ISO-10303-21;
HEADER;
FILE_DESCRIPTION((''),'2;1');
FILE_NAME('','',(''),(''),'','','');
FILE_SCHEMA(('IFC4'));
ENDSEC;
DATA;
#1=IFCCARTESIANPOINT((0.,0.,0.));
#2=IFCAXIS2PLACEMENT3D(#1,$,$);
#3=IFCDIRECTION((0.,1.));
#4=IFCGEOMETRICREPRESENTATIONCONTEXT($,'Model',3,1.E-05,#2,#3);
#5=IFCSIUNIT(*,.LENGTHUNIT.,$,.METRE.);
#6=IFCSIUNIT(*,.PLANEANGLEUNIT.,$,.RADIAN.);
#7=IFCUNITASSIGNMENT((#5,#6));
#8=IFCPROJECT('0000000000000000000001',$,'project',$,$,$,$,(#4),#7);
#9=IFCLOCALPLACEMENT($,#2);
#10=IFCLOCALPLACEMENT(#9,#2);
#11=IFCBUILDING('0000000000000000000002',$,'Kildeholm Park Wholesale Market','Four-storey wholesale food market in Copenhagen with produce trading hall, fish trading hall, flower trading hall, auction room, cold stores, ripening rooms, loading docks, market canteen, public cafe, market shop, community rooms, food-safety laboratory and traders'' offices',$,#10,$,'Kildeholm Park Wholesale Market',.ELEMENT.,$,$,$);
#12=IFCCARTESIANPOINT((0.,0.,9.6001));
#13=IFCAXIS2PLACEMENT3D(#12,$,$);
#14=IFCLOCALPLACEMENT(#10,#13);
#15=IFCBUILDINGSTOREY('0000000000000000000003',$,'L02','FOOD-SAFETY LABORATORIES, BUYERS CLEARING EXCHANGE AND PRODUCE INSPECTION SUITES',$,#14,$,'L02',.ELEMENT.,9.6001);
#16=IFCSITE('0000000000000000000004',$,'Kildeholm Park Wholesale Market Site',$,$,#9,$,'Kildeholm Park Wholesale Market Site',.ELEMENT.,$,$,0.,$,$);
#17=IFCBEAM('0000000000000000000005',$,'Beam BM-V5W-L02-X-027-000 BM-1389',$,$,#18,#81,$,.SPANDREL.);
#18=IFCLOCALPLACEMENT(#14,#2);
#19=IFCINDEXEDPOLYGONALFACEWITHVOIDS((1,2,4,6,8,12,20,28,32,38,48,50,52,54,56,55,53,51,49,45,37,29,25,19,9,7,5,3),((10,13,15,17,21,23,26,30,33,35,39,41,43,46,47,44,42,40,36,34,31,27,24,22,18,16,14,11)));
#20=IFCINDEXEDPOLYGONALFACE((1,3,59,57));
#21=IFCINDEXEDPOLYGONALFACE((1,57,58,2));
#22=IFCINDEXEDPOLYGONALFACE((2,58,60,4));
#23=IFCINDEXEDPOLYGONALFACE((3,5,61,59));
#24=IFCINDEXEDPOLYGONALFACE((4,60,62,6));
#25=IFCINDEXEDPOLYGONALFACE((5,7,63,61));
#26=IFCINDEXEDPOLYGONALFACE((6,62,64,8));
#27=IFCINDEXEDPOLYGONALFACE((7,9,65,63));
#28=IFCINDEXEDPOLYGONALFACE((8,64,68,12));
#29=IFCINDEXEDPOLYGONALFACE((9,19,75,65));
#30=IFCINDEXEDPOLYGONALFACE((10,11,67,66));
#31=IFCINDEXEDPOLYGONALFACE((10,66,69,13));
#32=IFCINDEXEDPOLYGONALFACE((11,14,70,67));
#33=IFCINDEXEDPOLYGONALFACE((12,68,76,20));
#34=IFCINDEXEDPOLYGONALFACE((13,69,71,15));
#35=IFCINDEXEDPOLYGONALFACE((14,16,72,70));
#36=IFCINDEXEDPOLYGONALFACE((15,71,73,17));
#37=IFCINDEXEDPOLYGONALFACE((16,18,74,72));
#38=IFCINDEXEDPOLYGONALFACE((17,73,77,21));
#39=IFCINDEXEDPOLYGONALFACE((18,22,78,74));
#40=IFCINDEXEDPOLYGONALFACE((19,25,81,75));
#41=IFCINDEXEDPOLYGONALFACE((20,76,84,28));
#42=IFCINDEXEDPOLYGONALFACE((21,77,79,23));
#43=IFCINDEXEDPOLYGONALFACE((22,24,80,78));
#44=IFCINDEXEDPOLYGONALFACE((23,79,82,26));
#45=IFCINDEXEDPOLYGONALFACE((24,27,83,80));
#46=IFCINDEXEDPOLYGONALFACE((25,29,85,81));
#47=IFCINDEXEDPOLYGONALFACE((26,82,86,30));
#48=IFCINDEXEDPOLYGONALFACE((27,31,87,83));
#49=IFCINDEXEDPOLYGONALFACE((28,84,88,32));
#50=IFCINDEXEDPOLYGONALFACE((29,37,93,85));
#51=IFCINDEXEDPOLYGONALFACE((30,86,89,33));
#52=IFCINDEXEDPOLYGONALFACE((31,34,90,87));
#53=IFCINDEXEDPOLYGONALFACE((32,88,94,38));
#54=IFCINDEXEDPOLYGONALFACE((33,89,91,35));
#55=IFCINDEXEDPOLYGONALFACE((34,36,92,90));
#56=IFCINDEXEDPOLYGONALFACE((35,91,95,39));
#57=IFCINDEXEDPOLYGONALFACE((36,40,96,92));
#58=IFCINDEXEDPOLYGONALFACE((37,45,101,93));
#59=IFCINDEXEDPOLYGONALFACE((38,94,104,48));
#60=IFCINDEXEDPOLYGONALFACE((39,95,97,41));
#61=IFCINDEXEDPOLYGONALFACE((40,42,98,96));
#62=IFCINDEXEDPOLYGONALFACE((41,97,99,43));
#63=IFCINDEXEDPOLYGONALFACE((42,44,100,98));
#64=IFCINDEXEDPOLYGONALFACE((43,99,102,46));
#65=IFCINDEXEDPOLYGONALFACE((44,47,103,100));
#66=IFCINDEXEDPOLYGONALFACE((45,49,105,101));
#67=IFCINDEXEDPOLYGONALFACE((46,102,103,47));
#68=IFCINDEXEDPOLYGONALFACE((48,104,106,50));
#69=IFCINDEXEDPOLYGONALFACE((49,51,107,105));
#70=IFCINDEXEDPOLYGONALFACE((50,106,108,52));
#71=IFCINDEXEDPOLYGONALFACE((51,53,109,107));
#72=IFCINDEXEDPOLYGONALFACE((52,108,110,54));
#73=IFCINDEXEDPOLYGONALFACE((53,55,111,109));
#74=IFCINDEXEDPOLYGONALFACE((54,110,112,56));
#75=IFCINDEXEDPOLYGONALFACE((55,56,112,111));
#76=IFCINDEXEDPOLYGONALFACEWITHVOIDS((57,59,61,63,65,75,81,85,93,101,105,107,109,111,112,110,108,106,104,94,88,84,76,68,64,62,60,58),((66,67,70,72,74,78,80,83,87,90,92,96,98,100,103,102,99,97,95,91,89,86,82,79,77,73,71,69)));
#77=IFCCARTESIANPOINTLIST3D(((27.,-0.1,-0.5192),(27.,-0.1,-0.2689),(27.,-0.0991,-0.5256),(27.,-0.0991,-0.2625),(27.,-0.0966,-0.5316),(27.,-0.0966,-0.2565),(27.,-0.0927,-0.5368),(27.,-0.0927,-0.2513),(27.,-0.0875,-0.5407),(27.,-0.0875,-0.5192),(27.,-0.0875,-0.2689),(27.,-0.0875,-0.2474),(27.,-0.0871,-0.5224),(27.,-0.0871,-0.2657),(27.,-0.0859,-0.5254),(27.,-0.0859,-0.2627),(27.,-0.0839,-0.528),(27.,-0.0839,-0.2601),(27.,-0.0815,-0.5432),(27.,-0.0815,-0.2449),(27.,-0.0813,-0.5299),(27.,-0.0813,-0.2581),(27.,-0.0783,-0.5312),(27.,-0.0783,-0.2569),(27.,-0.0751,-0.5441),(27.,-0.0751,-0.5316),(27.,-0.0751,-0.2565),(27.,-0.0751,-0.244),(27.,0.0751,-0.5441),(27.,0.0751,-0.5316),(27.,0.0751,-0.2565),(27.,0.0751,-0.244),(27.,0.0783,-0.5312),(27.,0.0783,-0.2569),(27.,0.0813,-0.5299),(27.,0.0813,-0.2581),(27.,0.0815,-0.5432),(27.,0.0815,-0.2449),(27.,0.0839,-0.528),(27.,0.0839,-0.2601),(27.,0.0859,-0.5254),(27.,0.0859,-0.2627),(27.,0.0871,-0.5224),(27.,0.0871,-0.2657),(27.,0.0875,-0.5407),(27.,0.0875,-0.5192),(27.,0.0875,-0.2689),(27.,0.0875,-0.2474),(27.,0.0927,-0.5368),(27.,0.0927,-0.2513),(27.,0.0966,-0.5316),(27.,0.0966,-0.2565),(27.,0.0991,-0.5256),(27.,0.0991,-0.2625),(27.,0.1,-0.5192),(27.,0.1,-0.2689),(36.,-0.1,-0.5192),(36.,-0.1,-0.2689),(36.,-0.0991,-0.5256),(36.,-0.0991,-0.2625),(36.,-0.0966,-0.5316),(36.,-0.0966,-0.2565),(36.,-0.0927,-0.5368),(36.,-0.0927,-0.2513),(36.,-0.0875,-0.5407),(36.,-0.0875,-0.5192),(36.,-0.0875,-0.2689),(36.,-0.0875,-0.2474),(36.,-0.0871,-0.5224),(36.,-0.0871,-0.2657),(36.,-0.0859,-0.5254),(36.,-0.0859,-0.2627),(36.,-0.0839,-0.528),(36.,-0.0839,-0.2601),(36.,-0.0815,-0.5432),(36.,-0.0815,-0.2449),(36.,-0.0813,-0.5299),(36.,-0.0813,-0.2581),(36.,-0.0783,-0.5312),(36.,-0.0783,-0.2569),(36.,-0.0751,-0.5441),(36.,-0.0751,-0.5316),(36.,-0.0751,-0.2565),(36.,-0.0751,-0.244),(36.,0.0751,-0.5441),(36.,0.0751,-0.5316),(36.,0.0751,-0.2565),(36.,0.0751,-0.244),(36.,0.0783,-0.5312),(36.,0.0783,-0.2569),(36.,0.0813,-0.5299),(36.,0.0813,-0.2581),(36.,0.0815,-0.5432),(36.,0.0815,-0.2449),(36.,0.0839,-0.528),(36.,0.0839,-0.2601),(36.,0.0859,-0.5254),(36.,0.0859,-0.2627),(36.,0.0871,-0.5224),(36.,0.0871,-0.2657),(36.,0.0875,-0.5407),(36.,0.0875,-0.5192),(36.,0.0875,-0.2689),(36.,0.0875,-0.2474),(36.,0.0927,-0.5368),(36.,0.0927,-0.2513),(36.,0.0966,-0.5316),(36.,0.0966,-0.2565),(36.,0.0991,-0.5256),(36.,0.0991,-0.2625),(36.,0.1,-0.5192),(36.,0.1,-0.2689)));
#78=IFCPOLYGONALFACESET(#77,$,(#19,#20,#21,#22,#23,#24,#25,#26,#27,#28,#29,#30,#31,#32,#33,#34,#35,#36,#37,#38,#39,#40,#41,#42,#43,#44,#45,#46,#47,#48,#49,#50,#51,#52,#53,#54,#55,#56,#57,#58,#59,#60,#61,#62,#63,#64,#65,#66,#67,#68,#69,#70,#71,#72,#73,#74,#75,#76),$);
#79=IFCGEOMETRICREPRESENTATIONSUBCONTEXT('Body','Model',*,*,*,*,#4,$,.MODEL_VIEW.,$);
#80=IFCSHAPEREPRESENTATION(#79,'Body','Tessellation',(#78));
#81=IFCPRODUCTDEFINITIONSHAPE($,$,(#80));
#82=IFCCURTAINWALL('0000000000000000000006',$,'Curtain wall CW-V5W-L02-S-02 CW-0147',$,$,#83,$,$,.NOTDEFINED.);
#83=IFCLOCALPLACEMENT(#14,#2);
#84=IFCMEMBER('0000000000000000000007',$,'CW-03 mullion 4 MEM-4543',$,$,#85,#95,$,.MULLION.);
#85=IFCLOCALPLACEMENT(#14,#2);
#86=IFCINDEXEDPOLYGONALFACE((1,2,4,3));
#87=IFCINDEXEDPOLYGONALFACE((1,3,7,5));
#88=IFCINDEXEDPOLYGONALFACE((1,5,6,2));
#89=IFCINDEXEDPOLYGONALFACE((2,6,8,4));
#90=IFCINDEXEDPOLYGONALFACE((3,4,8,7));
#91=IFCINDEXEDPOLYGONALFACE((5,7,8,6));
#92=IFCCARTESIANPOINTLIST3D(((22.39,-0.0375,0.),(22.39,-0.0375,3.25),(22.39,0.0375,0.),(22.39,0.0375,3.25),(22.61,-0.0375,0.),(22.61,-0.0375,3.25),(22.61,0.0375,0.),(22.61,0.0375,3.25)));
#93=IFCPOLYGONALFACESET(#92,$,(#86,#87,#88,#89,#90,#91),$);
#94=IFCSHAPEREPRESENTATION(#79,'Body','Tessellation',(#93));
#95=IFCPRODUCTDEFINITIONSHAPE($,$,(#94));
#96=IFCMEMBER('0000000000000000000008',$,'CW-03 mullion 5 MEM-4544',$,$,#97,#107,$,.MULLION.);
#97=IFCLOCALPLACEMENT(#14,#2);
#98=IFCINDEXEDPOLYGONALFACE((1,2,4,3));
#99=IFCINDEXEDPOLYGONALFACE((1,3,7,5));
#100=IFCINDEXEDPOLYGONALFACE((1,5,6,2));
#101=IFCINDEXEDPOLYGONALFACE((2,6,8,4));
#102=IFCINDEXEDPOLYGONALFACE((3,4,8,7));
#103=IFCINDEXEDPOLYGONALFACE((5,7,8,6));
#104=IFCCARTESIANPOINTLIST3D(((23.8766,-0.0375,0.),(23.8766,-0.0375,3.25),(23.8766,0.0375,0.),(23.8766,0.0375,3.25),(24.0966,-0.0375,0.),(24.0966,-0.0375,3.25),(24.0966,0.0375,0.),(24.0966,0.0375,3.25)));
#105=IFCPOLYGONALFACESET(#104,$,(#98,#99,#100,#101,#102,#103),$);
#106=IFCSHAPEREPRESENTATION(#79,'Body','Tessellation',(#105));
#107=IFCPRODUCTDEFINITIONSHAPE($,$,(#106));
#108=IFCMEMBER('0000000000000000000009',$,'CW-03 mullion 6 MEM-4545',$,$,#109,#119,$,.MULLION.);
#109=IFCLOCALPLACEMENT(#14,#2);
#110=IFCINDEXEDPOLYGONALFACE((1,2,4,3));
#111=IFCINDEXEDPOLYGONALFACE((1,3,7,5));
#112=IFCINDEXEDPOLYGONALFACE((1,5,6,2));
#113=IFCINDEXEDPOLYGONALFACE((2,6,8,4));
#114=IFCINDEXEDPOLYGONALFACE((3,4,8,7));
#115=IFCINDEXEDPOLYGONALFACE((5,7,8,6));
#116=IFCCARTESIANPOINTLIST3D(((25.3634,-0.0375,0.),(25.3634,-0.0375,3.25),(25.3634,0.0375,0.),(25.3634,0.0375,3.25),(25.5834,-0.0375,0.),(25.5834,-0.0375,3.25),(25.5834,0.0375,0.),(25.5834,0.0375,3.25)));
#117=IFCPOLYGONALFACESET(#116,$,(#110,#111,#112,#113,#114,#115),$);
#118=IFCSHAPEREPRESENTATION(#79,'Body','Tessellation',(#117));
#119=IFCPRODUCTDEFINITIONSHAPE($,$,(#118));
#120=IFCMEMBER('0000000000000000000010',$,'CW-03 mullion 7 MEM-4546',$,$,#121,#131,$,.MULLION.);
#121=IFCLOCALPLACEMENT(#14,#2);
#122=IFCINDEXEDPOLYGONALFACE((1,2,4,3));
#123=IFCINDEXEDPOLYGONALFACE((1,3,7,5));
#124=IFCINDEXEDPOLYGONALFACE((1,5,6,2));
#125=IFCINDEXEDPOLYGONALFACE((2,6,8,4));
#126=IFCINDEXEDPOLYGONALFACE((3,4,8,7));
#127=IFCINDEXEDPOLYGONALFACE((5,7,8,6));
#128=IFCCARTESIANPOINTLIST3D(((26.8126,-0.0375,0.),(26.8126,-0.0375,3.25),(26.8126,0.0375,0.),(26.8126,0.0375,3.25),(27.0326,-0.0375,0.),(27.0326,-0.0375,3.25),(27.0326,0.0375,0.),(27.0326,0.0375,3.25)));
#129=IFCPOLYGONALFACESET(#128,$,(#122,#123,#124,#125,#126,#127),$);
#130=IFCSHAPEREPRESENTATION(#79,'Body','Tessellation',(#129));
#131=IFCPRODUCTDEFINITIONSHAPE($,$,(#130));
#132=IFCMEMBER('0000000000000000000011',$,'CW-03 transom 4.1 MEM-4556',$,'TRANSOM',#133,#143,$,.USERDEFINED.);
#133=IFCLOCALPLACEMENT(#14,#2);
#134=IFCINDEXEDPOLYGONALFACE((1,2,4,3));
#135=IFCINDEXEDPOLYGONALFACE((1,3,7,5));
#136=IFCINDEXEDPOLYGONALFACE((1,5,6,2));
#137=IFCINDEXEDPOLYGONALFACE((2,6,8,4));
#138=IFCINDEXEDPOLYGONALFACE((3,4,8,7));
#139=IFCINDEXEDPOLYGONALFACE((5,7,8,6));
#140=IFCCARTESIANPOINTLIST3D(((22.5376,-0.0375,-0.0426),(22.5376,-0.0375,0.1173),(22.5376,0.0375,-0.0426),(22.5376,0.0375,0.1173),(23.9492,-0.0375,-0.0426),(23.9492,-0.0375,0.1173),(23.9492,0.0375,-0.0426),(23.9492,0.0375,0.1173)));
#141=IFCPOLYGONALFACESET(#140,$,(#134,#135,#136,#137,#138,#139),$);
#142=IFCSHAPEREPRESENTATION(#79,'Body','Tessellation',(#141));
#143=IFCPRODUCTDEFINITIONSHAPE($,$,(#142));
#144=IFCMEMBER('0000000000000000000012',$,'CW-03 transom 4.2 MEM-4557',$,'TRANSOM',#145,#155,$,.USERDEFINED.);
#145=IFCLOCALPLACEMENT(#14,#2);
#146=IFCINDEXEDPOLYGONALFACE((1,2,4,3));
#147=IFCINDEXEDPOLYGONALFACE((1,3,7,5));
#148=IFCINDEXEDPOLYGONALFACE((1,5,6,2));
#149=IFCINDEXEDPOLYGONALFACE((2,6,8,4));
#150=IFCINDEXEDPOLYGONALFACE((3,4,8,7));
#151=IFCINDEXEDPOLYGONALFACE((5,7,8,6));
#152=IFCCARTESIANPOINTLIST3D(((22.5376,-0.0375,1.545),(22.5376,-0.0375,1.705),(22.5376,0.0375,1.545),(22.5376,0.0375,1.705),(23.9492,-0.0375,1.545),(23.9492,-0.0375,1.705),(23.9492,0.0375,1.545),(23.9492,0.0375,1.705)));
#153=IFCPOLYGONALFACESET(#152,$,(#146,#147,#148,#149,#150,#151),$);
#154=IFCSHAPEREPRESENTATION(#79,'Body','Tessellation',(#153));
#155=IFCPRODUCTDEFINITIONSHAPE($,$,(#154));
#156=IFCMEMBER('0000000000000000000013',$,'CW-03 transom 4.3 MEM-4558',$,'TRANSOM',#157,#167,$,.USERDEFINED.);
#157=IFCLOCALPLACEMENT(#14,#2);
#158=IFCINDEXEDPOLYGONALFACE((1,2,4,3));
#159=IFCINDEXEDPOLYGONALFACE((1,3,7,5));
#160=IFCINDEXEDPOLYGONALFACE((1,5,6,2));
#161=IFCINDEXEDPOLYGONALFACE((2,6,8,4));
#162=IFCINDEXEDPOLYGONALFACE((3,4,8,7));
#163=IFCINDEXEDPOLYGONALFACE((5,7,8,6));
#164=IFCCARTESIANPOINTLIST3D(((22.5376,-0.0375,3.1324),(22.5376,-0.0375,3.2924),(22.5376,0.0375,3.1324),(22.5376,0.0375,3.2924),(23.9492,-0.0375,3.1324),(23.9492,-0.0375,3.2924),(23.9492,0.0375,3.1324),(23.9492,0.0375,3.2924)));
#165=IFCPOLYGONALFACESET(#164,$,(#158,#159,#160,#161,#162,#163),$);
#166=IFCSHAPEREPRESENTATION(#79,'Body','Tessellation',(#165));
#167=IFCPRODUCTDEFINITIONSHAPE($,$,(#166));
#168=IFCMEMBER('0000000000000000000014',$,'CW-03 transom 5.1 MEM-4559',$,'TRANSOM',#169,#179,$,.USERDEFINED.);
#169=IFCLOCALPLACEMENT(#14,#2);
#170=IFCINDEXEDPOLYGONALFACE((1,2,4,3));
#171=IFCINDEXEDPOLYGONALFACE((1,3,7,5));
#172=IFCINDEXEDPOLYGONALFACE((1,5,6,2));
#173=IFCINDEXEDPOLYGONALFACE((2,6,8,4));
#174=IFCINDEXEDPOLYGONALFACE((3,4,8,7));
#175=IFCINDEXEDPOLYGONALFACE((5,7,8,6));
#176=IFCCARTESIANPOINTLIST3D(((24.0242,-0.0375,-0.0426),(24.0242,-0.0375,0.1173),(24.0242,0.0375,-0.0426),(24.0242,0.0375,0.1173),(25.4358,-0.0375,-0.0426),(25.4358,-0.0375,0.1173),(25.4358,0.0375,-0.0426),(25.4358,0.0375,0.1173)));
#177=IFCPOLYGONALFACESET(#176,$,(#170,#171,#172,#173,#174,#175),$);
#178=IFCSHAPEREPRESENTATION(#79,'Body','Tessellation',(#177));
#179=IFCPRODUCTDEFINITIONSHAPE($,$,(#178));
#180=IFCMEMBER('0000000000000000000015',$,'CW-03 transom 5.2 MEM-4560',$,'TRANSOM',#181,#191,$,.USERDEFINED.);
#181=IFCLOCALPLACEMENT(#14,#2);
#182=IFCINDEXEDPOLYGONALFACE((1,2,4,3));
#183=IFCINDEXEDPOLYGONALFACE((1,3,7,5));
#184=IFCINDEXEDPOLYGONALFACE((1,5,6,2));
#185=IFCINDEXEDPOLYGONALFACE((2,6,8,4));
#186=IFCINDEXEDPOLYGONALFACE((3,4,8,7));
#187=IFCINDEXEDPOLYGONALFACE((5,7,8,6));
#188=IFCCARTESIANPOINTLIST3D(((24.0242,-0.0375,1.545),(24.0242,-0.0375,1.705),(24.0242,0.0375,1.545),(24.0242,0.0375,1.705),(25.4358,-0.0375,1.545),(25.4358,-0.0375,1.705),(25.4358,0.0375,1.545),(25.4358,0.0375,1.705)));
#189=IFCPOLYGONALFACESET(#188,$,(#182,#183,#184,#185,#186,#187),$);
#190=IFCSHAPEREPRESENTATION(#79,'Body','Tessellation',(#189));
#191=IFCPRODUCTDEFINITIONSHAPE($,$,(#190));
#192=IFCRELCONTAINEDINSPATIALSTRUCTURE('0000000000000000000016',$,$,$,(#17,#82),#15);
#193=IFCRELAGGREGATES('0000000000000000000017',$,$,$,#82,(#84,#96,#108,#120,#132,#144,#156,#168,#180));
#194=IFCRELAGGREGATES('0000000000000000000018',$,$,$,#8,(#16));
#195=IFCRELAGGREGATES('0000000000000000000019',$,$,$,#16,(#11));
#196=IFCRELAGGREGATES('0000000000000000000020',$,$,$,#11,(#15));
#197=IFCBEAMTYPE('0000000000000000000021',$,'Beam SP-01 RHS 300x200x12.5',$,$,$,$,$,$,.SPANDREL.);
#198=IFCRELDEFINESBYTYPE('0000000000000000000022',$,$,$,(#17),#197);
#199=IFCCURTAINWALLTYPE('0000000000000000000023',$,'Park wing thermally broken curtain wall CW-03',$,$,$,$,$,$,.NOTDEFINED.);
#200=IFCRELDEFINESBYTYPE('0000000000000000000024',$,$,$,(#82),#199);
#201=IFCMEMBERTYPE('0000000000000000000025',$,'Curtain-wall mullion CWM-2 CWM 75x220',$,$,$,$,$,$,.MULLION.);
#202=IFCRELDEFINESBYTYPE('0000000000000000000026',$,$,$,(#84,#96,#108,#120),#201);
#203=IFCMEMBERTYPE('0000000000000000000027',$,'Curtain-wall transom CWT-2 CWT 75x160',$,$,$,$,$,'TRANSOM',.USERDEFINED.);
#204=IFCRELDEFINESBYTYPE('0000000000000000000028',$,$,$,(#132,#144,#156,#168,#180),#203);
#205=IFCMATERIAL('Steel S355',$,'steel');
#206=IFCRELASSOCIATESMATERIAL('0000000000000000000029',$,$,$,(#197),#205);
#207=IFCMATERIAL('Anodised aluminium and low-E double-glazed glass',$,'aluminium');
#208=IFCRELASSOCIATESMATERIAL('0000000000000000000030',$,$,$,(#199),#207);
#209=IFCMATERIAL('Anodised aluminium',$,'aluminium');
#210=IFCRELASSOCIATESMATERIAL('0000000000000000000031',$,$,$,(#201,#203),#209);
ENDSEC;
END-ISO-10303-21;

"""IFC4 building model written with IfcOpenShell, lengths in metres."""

from ifc_helpers import new_model, si_unit, direction, frame, origin, origin_2d, place, context, subcontext, project, spatial, rectangle, hollow_rectangle, extrude, material, material_profile, profile_set, type_object, element, aggregate, save


model = new_model("IFC4")

# Units and contexts
model_context = context("Model", 3, precision=1e-05, world=origin(), true_north=direction((0.0, 1.0)))
body_context = subcontext(model_context, "Body", "Model", "MODEL_VIEW")
ifc_project = project(units=[si_unit("LENGTHUNIT", "METRE"), si_unit("PLANEANGLEUNIT", "RADIAN")], contexts=[model_context])

# Site, building, storey
site_placement = place(None, origin())
site = spatial("IfcSite", under=ifc_project, at=site_placement, Name="Kildeholm Park Wholesale Market Site", LongName="Kildeholm Park Wholesale Market Site", CompositionType="ELEMENT", RefElevation=0.0)
building_placement = place(site_placement, origin())
building = spatial("IfcBuilding", under=site, at=building_placement, Name="Kildeholm Park Wholesale Market", Description="Four-storey wholesale food market in Copenhagen with produce trading hall, fish trading hall, flower trading hall, auction room, cold stores, ripening rooms, loading docks, market canteen, public cafe, market shop, community rooms, food-safety laboratory and traders' offices", LongName="Kildeholm Park Wholesale Market", CompositionType="ELEMENT")
storey_placement = place(building_placement, frame((0.0, 0.0, 9.6001)))
storey = spatial("IfcBuildingStorey", under=building, at=storey_placement, Name="L02", Description="FOOD-SAFETY LABORATORIES, BUYERS CLEARING EXCHANGE AND PRODUCE INSPECTION SUITES", LongName="L02", CompositionType="ELEMENT", Elevation=9.6001)

# Shared definitions
ifc_material_1 = material(Name="Steel S355", Category="steel")

# Beam
ifc_material_profile_1 = material_profile(ifc_material_1, hollow_rectangle(XDim=0.2, YDim=0.3, WallThickness=0.0125, InnerFilletRadius=0.0125, OuterFilletRadius=0.0249, at=origin_2d()), Name="RHS 300x200x12.5")
ifc_profile_set_1 = profile_set([ifc_material_profile_1], Name="Steel S355")
beam_type_1 = type_object("IfcBeamType", Name="Beam SP-01 RHS 300x200x12.5", PredefinedType="SPANDREL", material=ifc_profile_set_1)
beam_1_placement = place(storey_placement, frame((27.0, 0.0, -0.394), z_axis=(1.0, 0.0, 0.0), x_axis=(0.0, 1.0, 0.0)))
element("IfcBeam", 1, at=beam_1_placement, inside=storey, type_object=beam_type_1, Name="Beam BM-V5W-L02-X-027-000 BM-1389", PredefinedType="SPANDREL", context=body_context, shape_type="SweptSolid", body=[
    extrude(hollow_rectangle(XDim=0.2, YDim=0.3, WallThickness=0.0125, InnerFilletRadius=0.0125, OuterFilletRadius=0.0249, at=origin_2d()), origin(), (0.0, 0.0, 1.0), 9.0),
])

# Curtain wall, members
ifc_material_2 = material(Name="Anodised aluminium and low-E double-glazed glass", Category="aluminium")
curtain_wall_type = type_object("IfcCurtainWallType", Name="Park wing thermally broken curtain wall CW-03", PredefinedType="NOTDEFINED", material=ifc_material_2)
curtain_wall_placement = place(storey_placement, origin())
curtain_wall = element("IfcCurtainWall", 2, at=curtain_wall_placement, inside=storey, type_object=curtain_wall_type, Name="Curtain wall CW-V5W-L02-S-02 CW-0147", PredefinedType="NOTDEFINED")
ifc_material_3 = material(Name="Anodised aluminium", Category="aluminium")
ifc_material_profile_2 = material_profile(ifc_material_3, rectangle(XDim=0.075, YDim=0.22, at=origin_2d()), Name="CWM 75x220")
ifc_profile_set_2 = profile_set([ifc_material_profile_2], Name="Anodised aluminium")
member_type_1 = type_object("IfcMemberType", Name="Curtain-wall mullion CWM-2 CWM 75x220", PredefinedType="MULLION", material=ifc_profile_set_2)
member_1_placement = place(storey_placement, frame((22.5, 0.0, 0.0), z_axis=(0.0, 0.0, 1.0), x_axis=(0.0, 1.0, 0.0)))
member_1 = element("IfcMember", 3, at=member_1_placement, type_object=member_type_1, Name="CW-03 mullion 4 MEM-4543", PredefinedType="MULLION", context=body_context, shape_type="SweptSolid", body=[
    extrude(rectangle(XDim=0.075, YDim=0.22, at=origin_2d()), origin(), (0.0, 0.0, 1.0), 3.25),
])
member_2_placement = place(storey_placement, frame((23.9866, 0.0, 0.0), z_axis=(0.0, 0.0, 1.0), x_axis=(0.0, 1.0, 0.0)))
member_2 = element("IfcMember", 4, at=member_2_placement, type_object=member_type_1, Name="CW-03 mullion 5 MEM-4544", PredefinedType="MULLION", context=body_context, shape_type="SweptSolid", body=[
    extrude(rectangle(XDim=0.075, YDim=0.22, at=origin_2d()), origin(), (0.0, 0.0, 1.0), 3.25),
])
member_3_placement = place(storey_placement, frame((25.4734, 0.0, 0.0), z_axis=(0.0, 0.0, 1.0), x_axis=(0.0, 1.0, 0.0)))
member_3 = element("IfcMember", 5, at=member_3_placement, type_object=member_type_1, Name="CW-03 mullion 6 MEM-4545", PredefinedType="MULLION", context=body_context, shape_type="SweptSolid", body=[
    extrude(rectangle(XDim=0.075, YDim=0.22, at=origin_2d()), origin(), (0.0, 0.0, 1.0), 3.25),
])
member_4_placement = place(storey_placement, frame((26.9226, 0.0, 0.0), z_axis=(0.0, 0.0, 1.0), x_axis=(0.0, 1.0, 0.0)))
member_4 = element("IfcMember", 6, at=member_4_placement, type_object=member_type_1, Name="CW-03 mullion 7 MEM-4546", PredefinedType="MULLION", context=body_context, shape_type="SweptSolid", body=[
    extrude(rectangle(XDim=0.075, YDim=0.22, at=origin_2d()), origin(), (0.0, 0.0, 1.0), 3.25),
])
ifc_material_profile_3 = material_profile(ifc_material_3, rectangle(XDim=0.075, YDim=0.1599, at=origin_2d()), Name="CWT 75x160")
ifc_profile_set_3 = profile_set([ifc_material_profile_3], Name="Anodised aluminium")
member_type_2 = type_object("IfcMemberType", Name="Curtain-wall transom CWT-2 CWT 75x160", ElementType="TRANSOM", PredefinedType="USERDEFINED", material=ifc_profile_set_3)
member_5_placement = place(storey_placement, frame((22.5376, 0.0, 0.0374), z_axis=(1.0, 0.0, 0.0), x_axis=(0.0, 1.0, 0.0)))
member_5 = element("IfcMember", 7, at=member_5_placement, type_object=member_type_2, Name="CW-03 transom 4.1 MEM-4556", ObjectType="TRANSOM", PredefinedType="USERDEFINED", context=body_context, shape_type="SweptSolid", body=[
    extrude(rectangle(XDim=0.075, YDim=0.1599, at=origin_2d()), origin(), (0.0, 0.0, 1.0), 1.4116),
])
member_6_placement = place(storey_placement, frame((22.5376, 0.0, 1.625), z_axis=(1.0, 0.0, 0.0), x_axis=(0.0, 1.0, 0.0)))
member_6 = element("IfcMember", 8, at=member_6_placement, type_object=member_type_2, Name="CW-03 transom 4.2 MEM-4557", ObjectType="TRANSOM", PredefinedType="USERDEFINED", context=body_context, shape_type="SweptSolid", body=[
    extrude(rectangle(XDim=0.075, YDim=0.1599, at=origin_2d()), origin(), (0.0, 0.0, 1.0), 1.4116),
])
member_7_placement = place(storey_placement, frame((22.5376, 0.0, 3.2124), z_axis=(1.0, 0.0, 0.0), x_axis=(0.0, 1.0, 0.0)))
member_7 = element("IfcMember", 9, at=member_7_placement, type_object=member_type_2, Name="CW-03 transom 4.3 MEM-4558", ObjectType="TRANSOM", PredefinedType="USERDEFINED", context=body_context, shape_type="SweptSolid", body=[
    extrude(rectangle(XDim=0.075, YDim=0.1599, at=origin_2d()), origin(), (0.0, 0.0, 1.0), 1.4116),
])
member_8_placement = place(storey_placement, frame((24.0242, 0.0, 0.0374), z_axis=(1.0, 0.0, 0.0), x_axis=(0.0, 1.0, 0.0)))
member_8 = element("IfcMember", 10, at=member_8_placement, type_object=member_type_2, Name="CW-03 transom 5.1 MEM-4559", ObjectType="TRANSOM", PredefinedType="USERDEFINED", context=body_context, shape_type="SweptSolid", body=[
    extrude(rectangle(XDim=0.075, YDim=0.1599, at=origin_2d()), origin(), (0.0, 0.0, 1.0), 1.4116),
])
member_9_placement = place(storey_placement, frame((24.0242, 0.0, 1.625), z_axis=(1.0, 0.0, 0.0), x_axis=(0.0, 1.0, 0.0)))
member_9 = element("IfcMember", 11, at=member_9_placement, type_object=member_type_2, Name="CW-03 transom 5.2 MEM-4560", ObjectType="TRANSOM", PredefinedType="USERDEFINED", context=body_context, shape_type="SweptSolid", body=[
    extrude(rectangle(XDim=0.075, YDim=0.1599, at=origin_2d()), origin(), (0.0, 0.0, 1.0), 1.4116),
])
aggregate(curtain_wall, [member_1, member_2, member_3, member_4, member_5, member_6, member_7, member_8, member_9])

save(model, "model.ifc")
